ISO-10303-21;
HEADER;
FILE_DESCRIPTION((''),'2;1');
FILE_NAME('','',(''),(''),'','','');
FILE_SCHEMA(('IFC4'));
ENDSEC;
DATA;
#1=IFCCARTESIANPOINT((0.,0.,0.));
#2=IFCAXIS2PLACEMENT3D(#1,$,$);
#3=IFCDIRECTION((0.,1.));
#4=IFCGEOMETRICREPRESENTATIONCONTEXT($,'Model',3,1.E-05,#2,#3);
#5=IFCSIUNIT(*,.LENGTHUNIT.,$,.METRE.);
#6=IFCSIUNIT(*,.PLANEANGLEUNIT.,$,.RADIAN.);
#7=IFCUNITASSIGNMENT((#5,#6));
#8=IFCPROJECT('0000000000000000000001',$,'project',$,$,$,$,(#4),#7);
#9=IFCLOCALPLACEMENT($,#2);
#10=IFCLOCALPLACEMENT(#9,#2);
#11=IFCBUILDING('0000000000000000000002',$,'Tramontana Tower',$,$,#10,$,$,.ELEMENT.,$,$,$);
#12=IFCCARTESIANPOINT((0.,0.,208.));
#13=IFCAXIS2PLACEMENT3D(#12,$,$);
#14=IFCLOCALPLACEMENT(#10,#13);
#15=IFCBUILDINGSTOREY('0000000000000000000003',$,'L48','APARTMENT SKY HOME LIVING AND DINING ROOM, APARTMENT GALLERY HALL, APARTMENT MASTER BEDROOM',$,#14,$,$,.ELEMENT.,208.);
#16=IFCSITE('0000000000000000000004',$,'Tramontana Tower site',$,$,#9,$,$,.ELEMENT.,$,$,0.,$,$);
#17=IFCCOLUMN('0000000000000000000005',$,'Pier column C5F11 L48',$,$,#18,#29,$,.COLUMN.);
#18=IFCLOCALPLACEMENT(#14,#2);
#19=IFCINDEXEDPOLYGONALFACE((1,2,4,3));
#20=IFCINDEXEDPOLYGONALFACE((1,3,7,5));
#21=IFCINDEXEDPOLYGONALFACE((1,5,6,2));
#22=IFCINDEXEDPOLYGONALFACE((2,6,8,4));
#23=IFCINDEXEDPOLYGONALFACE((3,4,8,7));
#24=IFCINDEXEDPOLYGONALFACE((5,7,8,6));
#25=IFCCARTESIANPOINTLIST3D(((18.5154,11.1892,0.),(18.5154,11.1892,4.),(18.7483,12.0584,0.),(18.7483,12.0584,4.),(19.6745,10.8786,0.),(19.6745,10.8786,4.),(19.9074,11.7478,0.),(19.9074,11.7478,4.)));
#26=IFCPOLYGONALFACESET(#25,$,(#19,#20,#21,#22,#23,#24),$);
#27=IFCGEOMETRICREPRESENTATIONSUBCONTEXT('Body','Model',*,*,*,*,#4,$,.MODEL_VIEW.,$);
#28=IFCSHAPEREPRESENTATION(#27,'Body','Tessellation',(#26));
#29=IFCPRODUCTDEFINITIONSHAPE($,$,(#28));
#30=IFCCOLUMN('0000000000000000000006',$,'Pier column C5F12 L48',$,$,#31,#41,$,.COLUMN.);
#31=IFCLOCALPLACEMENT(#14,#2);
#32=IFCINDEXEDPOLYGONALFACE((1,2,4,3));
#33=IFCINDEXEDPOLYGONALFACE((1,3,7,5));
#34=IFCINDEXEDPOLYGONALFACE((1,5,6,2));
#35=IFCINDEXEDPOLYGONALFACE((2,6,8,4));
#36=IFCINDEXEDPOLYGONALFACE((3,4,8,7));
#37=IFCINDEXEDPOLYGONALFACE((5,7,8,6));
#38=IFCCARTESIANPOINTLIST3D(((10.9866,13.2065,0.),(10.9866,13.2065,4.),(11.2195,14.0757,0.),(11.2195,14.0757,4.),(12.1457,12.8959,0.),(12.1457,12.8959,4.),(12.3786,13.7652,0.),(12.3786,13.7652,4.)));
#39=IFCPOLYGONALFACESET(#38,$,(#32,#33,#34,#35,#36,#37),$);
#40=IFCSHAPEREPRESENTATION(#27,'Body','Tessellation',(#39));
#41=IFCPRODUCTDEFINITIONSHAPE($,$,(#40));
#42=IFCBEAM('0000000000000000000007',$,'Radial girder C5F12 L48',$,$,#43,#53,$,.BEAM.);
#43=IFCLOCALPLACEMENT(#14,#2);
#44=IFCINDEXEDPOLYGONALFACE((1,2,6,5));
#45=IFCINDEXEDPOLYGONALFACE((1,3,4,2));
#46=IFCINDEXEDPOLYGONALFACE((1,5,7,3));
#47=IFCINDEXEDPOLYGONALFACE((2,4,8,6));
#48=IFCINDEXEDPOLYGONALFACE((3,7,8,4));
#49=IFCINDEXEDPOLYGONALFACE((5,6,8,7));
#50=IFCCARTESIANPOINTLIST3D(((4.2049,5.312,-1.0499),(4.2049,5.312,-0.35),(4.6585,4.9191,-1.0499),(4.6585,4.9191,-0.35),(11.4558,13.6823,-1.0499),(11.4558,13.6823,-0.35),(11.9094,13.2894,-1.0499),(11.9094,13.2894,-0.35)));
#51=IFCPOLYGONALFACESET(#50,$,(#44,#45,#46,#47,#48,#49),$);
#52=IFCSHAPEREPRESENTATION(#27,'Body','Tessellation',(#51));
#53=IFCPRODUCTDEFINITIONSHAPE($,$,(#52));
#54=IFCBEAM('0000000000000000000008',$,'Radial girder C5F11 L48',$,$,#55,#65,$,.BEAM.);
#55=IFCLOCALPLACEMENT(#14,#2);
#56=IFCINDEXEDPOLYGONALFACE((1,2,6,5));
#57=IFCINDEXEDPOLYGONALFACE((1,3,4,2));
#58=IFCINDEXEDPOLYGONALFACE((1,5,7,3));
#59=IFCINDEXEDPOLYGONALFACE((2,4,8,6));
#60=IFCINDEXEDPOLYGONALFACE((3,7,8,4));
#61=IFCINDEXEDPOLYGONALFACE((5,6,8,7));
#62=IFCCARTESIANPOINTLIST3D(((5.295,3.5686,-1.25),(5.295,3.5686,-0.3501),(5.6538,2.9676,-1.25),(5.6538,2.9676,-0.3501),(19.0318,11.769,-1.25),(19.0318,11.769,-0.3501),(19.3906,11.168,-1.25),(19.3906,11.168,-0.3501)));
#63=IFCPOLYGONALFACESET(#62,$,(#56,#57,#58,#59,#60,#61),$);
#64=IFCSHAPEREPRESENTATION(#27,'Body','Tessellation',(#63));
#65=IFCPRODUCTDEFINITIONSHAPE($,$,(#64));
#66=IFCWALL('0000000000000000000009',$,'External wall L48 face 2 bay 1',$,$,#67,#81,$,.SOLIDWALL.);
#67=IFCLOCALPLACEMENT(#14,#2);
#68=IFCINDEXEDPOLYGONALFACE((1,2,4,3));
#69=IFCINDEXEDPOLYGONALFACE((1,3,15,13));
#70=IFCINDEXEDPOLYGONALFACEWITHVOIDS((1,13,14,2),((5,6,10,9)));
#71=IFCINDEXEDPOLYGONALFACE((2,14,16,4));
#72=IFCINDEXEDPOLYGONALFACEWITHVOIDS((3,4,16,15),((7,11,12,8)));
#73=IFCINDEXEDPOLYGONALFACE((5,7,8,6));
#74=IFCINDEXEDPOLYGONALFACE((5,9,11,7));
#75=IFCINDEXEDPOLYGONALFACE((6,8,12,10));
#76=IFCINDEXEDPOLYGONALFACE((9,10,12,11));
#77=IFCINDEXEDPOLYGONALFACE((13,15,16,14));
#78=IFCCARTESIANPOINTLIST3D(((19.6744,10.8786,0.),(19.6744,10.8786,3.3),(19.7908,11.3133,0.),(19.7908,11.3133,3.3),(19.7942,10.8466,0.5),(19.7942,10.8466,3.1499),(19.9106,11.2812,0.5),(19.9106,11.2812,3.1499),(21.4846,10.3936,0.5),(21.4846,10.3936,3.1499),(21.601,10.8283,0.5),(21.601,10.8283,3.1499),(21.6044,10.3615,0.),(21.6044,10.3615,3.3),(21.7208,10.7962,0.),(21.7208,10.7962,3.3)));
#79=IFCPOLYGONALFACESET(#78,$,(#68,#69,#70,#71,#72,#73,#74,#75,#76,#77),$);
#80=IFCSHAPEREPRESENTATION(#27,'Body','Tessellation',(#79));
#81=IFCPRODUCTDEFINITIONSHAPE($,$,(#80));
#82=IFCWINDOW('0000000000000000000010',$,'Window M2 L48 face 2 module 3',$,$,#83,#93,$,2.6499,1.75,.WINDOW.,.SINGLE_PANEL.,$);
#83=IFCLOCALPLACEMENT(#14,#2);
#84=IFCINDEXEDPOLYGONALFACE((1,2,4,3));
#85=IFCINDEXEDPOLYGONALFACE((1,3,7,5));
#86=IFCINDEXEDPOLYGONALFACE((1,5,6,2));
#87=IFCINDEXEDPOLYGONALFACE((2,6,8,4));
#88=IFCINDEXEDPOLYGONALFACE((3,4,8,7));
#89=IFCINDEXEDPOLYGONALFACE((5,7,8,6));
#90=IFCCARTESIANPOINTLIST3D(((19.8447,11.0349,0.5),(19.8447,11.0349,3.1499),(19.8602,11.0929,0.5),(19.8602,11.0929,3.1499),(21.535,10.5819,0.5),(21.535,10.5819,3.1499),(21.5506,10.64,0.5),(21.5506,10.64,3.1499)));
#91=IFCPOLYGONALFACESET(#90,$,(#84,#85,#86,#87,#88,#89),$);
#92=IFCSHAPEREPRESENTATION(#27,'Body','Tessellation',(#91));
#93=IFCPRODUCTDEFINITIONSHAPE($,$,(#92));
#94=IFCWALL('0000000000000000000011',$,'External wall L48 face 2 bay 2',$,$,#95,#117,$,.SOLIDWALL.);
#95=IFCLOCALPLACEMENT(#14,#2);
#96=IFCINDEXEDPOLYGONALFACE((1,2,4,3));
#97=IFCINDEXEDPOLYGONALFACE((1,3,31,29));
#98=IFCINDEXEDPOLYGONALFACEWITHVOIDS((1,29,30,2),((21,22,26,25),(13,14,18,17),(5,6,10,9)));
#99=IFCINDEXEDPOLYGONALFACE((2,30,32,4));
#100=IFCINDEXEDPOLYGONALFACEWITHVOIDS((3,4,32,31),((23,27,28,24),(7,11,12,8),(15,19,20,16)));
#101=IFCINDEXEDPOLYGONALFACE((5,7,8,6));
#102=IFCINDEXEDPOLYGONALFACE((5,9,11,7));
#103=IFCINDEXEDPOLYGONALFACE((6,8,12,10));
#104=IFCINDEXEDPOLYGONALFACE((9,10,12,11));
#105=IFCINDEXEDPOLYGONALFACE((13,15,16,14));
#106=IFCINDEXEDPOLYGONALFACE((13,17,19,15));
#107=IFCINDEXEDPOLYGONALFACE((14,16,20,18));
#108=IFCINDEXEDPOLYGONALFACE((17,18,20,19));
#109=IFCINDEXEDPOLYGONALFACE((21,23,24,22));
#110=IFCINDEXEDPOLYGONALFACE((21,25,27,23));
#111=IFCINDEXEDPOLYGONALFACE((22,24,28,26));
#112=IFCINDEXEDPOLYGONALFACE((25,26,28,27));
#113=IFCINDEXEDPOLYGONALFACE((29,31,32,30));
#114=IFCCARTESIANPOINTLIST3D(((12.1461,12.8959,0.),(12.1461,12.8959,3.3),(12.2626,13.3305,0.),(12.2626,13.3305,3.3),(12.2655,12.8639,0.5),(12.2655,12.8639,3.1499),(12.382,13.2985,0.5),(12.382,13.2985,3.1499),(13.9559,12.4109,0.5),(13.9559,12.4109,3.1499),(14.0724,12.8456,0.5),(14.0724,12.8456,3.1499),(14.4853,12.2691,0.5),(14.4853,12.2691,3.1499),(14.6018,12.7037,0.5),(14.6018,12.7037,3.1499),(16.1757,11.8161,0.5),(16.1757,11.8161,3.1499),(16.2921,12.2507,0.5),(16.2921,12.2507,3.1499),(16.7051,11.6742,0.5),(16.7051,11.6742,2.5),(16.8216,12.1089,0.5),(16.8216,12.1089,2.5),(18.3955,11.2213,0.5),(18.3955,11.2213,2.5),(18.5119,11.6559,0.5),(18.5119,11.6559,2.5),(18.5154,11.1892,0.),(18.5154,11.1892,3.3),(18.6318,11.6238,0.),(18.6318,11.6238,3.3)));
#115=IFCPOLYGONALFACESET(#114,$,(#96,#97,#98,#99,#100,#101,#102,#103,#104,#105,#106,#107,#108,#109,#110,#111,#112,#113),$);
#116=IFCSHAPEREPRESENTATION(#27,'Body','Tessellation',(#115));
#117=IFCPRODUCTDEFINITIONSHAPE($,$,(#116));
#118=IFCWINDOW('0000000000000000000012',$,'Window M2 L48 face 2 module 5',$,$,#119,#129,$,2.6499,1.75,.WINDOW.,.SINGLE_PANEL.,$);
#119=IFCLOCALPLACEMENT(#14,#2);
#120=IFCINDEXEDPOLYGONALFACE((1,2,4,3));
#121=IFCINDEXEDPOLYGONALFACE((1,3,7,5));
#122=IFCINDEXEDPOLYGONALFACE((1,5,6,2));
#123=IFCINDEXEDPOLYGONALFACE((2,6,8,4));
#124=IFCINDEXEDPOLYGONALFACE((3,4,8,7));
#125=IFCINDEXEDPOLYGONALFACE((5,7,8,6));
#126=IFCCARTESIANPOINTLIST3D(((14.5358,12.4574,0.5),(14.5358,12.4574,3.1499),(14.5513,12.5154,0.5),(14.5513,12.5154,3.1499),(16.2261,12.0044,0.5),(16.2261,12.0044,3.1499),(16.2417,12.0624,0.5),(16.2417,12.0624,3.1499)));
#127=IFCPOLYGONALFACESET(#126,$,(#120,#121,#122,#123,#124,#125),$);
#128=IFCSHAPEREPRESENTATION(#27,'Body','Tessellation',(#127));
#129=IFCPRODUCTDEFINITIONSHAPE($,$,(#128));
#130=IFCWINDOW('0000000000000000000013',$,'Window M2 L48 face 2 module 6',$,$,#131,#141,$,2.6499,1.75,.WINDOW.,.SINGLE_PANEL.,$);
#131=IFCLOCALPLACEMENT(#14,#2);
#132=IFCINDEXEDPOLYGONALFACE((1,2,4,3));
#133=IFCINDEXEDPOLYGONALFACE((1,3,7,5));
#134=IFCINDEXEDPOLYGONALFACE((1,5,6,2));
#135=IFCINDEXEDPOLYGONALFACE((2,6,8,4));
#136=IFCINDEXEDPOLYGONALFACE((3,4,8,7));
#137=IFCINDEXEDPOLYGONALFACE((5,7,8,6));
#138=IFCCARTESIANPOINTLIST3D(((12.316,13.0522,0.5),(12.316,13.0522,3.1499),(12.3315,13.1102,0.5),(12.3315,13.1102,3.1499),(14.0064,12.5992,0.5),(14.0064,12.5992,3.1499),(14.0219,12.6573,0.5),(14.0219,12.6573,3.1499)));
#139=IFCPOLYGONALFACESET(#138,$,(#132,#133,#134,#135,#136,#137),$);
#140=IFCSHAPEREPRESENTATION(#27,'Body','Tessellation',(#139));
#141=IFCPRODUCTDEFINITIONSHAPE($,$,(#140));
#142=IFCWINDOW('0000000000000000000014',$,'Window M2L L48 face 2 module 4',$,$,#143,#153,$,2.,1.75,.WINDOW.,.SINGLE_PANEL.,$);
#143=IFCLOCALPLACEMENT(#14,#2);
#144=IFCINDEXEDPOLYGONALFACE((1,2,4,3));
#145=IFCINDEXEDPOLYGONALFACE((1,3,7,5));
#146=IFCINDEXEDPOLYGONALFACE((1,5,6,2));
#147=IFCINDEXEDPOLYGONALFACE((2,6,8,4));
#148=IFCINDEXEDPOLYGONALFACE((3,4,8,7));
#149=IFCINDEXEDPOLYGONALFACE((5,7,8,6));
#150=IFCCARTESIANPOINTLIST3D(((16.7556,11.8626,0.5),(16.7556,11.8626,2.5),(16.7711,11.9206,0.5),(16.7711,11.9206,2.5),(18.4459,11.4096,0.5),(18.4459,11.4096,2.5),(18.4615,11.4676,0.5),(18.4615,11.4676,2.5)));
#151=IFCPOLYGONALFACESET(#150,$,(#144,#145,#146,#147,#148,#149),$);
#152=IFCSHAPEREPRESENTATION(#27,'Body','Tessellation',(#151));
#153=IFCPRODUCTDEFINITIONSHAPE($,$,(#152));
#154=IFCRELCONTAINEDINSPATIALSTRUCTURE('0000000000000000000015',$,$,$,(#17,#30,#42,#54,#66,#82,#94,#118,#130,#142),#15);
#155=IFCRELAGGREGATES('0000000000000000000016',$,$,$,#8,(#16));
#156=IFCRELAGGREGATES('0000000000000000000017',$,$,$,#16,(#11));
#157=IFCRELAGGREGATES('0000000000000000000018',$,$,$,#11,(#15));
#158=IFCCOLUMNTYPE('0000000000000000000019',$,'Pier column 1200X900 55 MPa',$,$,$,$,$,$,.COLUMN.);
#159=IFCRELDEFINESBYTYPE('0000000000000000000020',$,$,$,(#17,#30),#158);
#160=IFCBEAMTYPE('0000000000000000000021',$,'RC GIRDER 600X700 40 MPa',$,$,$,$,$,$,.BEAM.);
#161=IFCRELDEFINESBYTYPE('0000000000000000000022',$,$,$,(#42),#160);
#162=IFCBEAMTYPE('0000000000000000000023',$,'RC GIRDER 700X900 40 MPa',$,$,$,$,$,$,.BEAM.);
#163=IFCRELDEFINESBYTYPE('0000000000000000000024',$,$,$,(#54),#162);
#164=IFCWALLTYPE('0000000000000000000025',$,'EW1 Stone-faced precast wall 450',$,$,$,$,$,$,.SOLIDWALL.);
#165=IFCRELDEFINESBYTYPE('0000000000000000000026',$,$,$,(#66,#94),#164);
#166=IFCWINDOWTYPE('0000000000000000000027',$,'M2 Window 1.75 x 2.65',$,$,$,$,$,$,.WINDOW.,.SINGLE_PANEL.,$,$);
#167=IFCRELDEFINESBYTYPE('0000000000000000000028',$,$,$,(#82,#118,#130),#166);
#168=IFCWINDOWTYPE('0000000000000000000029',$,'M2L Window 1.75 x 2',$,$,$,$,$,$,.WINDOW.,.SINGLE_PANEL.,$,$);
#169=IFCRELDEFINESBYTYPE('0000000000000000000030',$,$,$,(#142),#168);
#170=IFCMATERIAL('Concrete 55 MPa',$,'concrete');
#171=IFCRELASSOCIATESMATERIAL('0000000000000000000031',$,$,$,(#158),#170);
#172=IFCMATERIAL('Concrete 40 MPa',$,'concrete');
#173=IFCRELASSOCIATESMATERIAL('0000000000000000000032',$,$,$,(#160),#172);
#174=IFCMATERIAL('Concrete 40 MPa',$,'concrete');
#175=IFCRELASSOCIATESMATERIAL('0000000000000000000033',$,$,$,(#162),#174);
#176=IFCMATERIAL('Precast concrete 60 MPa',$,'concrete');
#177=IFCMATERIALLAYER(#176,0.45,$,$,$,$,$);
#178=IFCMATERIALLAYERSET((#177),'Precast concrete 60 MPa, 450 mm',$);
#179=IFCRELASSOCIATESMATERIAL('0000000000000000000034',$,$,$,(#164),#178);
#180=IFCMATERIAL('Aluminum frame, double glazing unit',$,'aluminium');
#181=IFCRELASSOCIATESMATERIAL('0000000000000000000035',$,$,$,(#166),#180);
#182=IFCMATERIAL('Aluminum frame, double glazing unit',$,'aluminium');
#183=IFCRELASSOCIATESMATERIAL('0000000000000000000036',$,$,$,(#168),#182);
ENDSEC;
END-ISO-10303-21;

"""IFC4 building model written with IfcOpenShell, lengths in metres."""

from ifc_helpers import new_model, si_unit, direction, frame, frame_2d, origin, origin_2d, place, context, subcontext, project, spatial, rectangle, extrude, material, layer, layer_set, material_profile, profile_set, type_object, element, fill, save


model = new_model("IFC4")

# Units and contexts
model_context = context("Model", 3, precision=1e-05, world=origin(), true_north=direction((0.0, 1.0)))
body_context = subcontext(model_context, "Body", "Model", "MODEL_VIEW")
ifc_project = project(units=[si_unit("LENGTHUNIT", "METRE"), si_unit("PLANEANGLEUNIT", "RADIAN")], contexts=[model_context])

# Site, building, storey
site_placement = place(None, origin())
site = spatial("IfcSite", under=ifc_project, at=site_placement, Name="Tramontana Tower site", CompositionType="ELEMENT", RefElevation=0.0)
building_placement = place(site_placement, origin())
building = spatial("IfcBuilding", under=site, at=building_placement, Name="Tramontana Tower", CompositionType="ELEMENT")
storey_placement = place(building_placement, frame((0.0, 0.0, 208.0)))
storey = spatial("IfcBuildingStorey", under=building, at=storey_placement, Name="L48", Description="APARTMENT SKY HOME LIVING AND DINING ROOM, APARTMENT GALLERY HALL, APARTMENT MASTER BEDROOM", CompositionType="ELEMENT", Elevation=208.0)

# Columns
ifc_material_1 = material(Name="Concrete 55 MPa", Category="concrete")
ifc_material_profile_1 = material_profile(ifc_material_1, rectangle(XDim=1.2, YDim=0.8999, at=origin_2d()), Name="Pier column 1200X900 55 MPa")
ifc_profile_set_1 = profile_set([ifc_material_profile_1], Name="Concrete 55 MPa")
column_type = type_object("IfcColumnType", Name="Pier column 1200X900 55 MPa", PredefinedType="COLUMN", material=ifc_profile_set_1)
for number, where, z_axis, x_axis, name in (
    (1, (19.2114, 11.4685, 0.0), (0.0, 0.0, 1.0), (-0.965926, 0.258819, 0.0), "Pier column C5F11 L48"),
    (2, (11.6826, 13.4858, 0.0), (0.0, 0.0, 1.0), (-0.965926, 0.258819, 0.0), "Pier column C5F12 L48"),
):
    element("IfcColumn", number, at=place(storey_placement, frame(where, z_axis=z_axis, x_axis=x_axis)), inside=storey, type_object=column_type, Name=name, PredefinedType="COLUMN", context=body_context, shape_type="SweptSolid", body=[
        extrude(rectangle(XDim=1.2, YDim=0.8999, at=origin_2d()), origin(), (0.0, 0.0, 1.0), 4.0),
    ])

# Beams
ifc_material_2 = material(Name="Concrete 40 MPa", Category="concrete")
ifc_material_profile_2 = material_profile(ifc_material_2, rectangle(XDim=0.6001, YDim=0.7, at=origin_2d()), Name="RC GIRDER 600X700 40 MPa")
ifc_profile_set_2 = profile_set([ifc_material_profile_2], Name="Concrete 40 MPa")
beam_type_1 = type_object("IfcBeamType", Name="RC GIRDER 600X700 40 MPa", PredefinedType="BEAM", material=ifc_profile_set_2)
beam_1_placement = place(storey_placement, frame((11.6826, 13.4858, -0.7), z_axis=(-0.654758, -0.755838, 0.0), x_axis=(0.755838, -0.654758, 0.0)))
element("IfcBeam", 3, at=beam_1_placement, inside=storey, type_object=beam_type_1, Name="Radial girder C5F12 L48", PredefinedType="BEAM", context=body_context, shape_type="SweptSolid", body=[
    extrude(rectangle(XDim=0.6001, YDim=0.7, at=origin_2d()), origin(), (0.0, 0.0, 1.0), 11.0742),
])
ifc_material_3 = material(Name="Concrete 40 MPa", Category="concrete")
ifc_material_profile_3 = material_profile(ifc_material_3, rectangle(XDim=0.7, YDim=0.8999, at=origin_2d()), Name="RC GIRDER 700X900 40 MPa")
ifc_profile_set_3 = profile_set([ifc_material_profile_3], Name="Concrete 40 MPa")
beam_type_2 = type_object("IfcBeamType", Name="RC GIRDER 700X900 40 MPa", PredefinedType="BEAM", material=ifc_profile_set_3)
beam_2_placement = place(storey_placement, frame((19.2112, 11.4685, -0.8), z_axis=(-0.858639, -0.51258, 0.0), x_axis=(0.51258, -0.858639, 0.0)))
element("IfcBeam", 4, at=beam_2_placement, inside=storey, type_object=beam_type_2, Name="Radial girder C5F11 L48", PredefinedType="BEAM", context=body_context, shape_type="SweptSolid", body=[
    extrude(rectangle(XDim=0.7, YDim=0.8999, at=origin_2d()), origin(), (0.0, 0.0, 1.0), 15.9983),
])

# Wall, opening, window
ifc_material_4 = material(Name="Precast concrete 60 MPa", Category="concrete")
ifc_layer_1 = layer(ifc_material_4, 0.45)
ifc_layer_set_1 = layer_set([ifc_layer_1], Name="Precast concrete 60 MPa, 450 mm")
wall_type_1 = type_object("IfcWallType", Name="EW1 Stone-faced precast wall 450", PredefinedType="SOLIDWALL", material=ifc_layer_set_1)
wall_1_placement = place(storey_placement, frame((21.6626, 10.5789, 0.0), z_axis=(0.0, 0.0, 1.0), x_axis=(-0.96593, 0.258803, 0.0)))
wall_1 = element("IfcWall", 5, at=wall_1_placement, inside=storey, type_object=wall_type_1, Name="External wall L48 face 2 bay 1", PredefinedType="SOLIDWALL", context=body_context, shape_type="SweptSolid", body=[
    extrude(rectangle(XDim=1.998, YDim=0.45, at=frame_2d((0.999, 0.0))), origin(), (0.0, 0.0, 1.0), 3.3),
])
opening_1_placement = place(wall_1_placement, frame((0.124, 0.0, 0.5)))
opening_1 = element("IfcOpeningElement", 6, at=opening_1_placement, cuts=wall_1, PredefinedType="OPENING", context=body_context, shape_type="SweptSolid", body=[
    extrude(rectangle(XDim=1.75, YDim=2.6499, at=frame_2d((0.875, 1.325))), frame((0.0, 0.2349, 0.0), z_axis=(0.0, -1.0, 0.0), x_axis=(1.0, 0.0, 0.0)), (0.0, 0.0, 1.0), 0.47),
])
ifc_material_5 = material(Name="Aluminum frame, double glazing unit", Category="aluminium")
window_type_1 = type_object("IfcWindowType", Name="M2 Window 1.75 x 2.65", PartitioningType="SINGLE_PANEL", PredefinedType="WINDOW", material=ifc_material_5)
window_1_placement = place(opening_1_placement, origin())
window_1 = element("IfcWindow", 7, at=window_1_placement, inside=storey, type_object=window_type_1, Name="Window M2 L48 face 2 module 3", OverallHeight=2.6499, OverallWidth=1.75, PartitioningType="SINGLE_PANEL", PredefinedType="WINDOW", context=body_context, shape_type="SweptSolid", body=[
    extrude(rectangle(XDim=1.75, YDim=2.6499, at=frame_2d((0.875, 1.325))), frame((0.0, 0.03, 0.0), z_axis=(0.0, -1.0, 0.0), x_axis=(1.0, 0.0, 0.0)), (0.0, 0.0, 1.0), 0.0601),
])
fill(opening_1, window_1)

# Wall, openings, windows
wall_2_placement = place(storey_placement, frame((18.5735, 11.4065, 0.0), z_axis=(0.0, 0.0, 1.0), x_axis=(-0.965921, 0.258835, 0.0)))
wall_2 = element("IfcWall", 8, at=wall_2_placement, inside=storey, type_object=wall_type_1, Name="External wall L48 face 2 bay 2", PredefinedType="SOLIDWALL", context=body_context, shape_type="SweptSolid", body=[
    extrude(rectangle(XDim=6.594, YDim=0.45, at=frame_2d((3.2969, 0.0))), origin(), (0.0, 0.0, 1.0), 3.3),
])
opening_2_placement = place(wall_2_placement, frame((0.124, 0.0, 0.5)))
opening_2 = element("IfcOpeningElement", 9, at=opening_2_placement, cuts=wall_2, PredefinedType="OPENING", context=body_context, shape_type="SweptSolid", body=[
    extrude(rectangle(XDim=1.75, YDim=2.0, at=frame_2d((0.875, 1.0))), frame((0.0, 0.2349, 0.0), z_axis=(0.0, -1.0, 0.0), x_axis=(1.0, 0.0, 0.0)), (0.0, 0.0, 1.0), 0.47),
])
opening_3_placement = place(wall_2_placement, frame((2.4221, 0.0, 0.5)))
opening_3 = element("IfcOpeningElement", 10, at=opening_3_placement, cuts=wall_2, PredefinedType="OPENING", context=body_context, shape_type="SweptSolid", body=[
    extrude(rectangle(XDim=1.75, YDim=2.6499, at=frame_2d((0.875, 1.325))), frame((0.0, 0.2349, 0.0), z_axis=(0.0, -1.0, 0.0), x_axis=(1.0, 0.0, 0.0)), (0.0, 0.0, 1.0), 0.47),
])
opening_4_placement = place(wall_2_placement, frame((4.7202, 0.0, 0.5)))
opening_4 = element("IfcOpeningElement", 11, at=opening_4_placement, cuts=wall_2, PredefinedType="OPENING", context=body_context, shape_type="SweptSolid", body=[
    extrude(rectangle(XDim=1.75, YDim=2.6499, at=frame_2d((0.875, 1.325))), frame((0.0, 0.2349, 0.0), z_axis=(0.0, -1.0, 0.0), x_axis=(1.0, 0.0, 0.0)), (0.0, 0.0, 1.0), 0.47),
])
window_2_placement = place(opening_3_placement, origin())
window_2 = element("IfcWindow", 12, at=window_2_placement, inside=storey, type_object=window_type_1, Name="Window M2 L48 face 2 module 5", OverallHeight=2.6499, OverallWidth=1.75, PartitioningType="SINGLE_PANEL", PredefinedType="WINDOW", context=body_context, shape_type="SweptSolid", body=[
    extrude(rectangle(XDim=1.75, YDim=2.6499, at=frame_2d((0.875, 1.325))), frame((0.0, 0.03, 0.0), z_axis=(0.0, -1.0, 0.0), x_axis=(1.0, 0.0, 0.0)), (0.0, 0.0, 1.0), 0.0601),
])
fill(opening_3, window_2)
window_3_placement = place(opening_4_placement, origin())
window_3 = element("IfcWindow", 13, at=window_3_placement, inside=storey, type_object=window_type_1, Name="Window M2 L48 face 2 module 6", OverallHeight=2.6499, OverallWidth=1.75, PartitioningType="SINGLE_PANEL", PredefinedType="WINDOW", context=body_context, shape_type="SweptSolid", body=[
    extrude(rectangle(XDim=1.75, YDim=2.6499, at=frame_2d((0.875, 1.325))), frame((0.0, 0.03, 0.0), z_axis=(0.0, -1.0, 0.0), x_axis=(1.0, 0.0, 0.0)), (0.0, 0.0, 1.0), 0.0601),
])
fill(opening_4, window_3)
ifc_material_6 = material(Name="Aluminum frame, double glazing unit", Category="aluminium")
window_type_2 = type_object("IfcWindowType", Name="M2L Window 1.75 x 2", PartitioningType="SINGLE_PANEL", PredefinedType="WINDOW", material=ifc_material_6)
window_4_placement = place(opening_2_placement, origin())
window_4 = element("IfcWindow", 14, at=window_4_placement, inside=storey, type_object=window_type_2, Name="Window M2L L48 face 2 module 4", OverallHeight=2.0, OverallWidth=1.75, PartitioningType="SINGLE_PANEL", PredefinedType="WINDOW", context=body_context, shape_type="SweptSolid", body=[
    extrude(rectangle(XDim=1.75, YDim=2.0, at=frame_2d((0.875, 1.0))), frame((0.0, 0.03, 0.0), z_axis=(0.0, -1.0, 0.0), x_axis=(1.0, 0.0, 0.0)), (0.0, 0.0, 1.0), 0.0601),
])
fill(opening_2, window_4)

save(model, "model.ifc")
